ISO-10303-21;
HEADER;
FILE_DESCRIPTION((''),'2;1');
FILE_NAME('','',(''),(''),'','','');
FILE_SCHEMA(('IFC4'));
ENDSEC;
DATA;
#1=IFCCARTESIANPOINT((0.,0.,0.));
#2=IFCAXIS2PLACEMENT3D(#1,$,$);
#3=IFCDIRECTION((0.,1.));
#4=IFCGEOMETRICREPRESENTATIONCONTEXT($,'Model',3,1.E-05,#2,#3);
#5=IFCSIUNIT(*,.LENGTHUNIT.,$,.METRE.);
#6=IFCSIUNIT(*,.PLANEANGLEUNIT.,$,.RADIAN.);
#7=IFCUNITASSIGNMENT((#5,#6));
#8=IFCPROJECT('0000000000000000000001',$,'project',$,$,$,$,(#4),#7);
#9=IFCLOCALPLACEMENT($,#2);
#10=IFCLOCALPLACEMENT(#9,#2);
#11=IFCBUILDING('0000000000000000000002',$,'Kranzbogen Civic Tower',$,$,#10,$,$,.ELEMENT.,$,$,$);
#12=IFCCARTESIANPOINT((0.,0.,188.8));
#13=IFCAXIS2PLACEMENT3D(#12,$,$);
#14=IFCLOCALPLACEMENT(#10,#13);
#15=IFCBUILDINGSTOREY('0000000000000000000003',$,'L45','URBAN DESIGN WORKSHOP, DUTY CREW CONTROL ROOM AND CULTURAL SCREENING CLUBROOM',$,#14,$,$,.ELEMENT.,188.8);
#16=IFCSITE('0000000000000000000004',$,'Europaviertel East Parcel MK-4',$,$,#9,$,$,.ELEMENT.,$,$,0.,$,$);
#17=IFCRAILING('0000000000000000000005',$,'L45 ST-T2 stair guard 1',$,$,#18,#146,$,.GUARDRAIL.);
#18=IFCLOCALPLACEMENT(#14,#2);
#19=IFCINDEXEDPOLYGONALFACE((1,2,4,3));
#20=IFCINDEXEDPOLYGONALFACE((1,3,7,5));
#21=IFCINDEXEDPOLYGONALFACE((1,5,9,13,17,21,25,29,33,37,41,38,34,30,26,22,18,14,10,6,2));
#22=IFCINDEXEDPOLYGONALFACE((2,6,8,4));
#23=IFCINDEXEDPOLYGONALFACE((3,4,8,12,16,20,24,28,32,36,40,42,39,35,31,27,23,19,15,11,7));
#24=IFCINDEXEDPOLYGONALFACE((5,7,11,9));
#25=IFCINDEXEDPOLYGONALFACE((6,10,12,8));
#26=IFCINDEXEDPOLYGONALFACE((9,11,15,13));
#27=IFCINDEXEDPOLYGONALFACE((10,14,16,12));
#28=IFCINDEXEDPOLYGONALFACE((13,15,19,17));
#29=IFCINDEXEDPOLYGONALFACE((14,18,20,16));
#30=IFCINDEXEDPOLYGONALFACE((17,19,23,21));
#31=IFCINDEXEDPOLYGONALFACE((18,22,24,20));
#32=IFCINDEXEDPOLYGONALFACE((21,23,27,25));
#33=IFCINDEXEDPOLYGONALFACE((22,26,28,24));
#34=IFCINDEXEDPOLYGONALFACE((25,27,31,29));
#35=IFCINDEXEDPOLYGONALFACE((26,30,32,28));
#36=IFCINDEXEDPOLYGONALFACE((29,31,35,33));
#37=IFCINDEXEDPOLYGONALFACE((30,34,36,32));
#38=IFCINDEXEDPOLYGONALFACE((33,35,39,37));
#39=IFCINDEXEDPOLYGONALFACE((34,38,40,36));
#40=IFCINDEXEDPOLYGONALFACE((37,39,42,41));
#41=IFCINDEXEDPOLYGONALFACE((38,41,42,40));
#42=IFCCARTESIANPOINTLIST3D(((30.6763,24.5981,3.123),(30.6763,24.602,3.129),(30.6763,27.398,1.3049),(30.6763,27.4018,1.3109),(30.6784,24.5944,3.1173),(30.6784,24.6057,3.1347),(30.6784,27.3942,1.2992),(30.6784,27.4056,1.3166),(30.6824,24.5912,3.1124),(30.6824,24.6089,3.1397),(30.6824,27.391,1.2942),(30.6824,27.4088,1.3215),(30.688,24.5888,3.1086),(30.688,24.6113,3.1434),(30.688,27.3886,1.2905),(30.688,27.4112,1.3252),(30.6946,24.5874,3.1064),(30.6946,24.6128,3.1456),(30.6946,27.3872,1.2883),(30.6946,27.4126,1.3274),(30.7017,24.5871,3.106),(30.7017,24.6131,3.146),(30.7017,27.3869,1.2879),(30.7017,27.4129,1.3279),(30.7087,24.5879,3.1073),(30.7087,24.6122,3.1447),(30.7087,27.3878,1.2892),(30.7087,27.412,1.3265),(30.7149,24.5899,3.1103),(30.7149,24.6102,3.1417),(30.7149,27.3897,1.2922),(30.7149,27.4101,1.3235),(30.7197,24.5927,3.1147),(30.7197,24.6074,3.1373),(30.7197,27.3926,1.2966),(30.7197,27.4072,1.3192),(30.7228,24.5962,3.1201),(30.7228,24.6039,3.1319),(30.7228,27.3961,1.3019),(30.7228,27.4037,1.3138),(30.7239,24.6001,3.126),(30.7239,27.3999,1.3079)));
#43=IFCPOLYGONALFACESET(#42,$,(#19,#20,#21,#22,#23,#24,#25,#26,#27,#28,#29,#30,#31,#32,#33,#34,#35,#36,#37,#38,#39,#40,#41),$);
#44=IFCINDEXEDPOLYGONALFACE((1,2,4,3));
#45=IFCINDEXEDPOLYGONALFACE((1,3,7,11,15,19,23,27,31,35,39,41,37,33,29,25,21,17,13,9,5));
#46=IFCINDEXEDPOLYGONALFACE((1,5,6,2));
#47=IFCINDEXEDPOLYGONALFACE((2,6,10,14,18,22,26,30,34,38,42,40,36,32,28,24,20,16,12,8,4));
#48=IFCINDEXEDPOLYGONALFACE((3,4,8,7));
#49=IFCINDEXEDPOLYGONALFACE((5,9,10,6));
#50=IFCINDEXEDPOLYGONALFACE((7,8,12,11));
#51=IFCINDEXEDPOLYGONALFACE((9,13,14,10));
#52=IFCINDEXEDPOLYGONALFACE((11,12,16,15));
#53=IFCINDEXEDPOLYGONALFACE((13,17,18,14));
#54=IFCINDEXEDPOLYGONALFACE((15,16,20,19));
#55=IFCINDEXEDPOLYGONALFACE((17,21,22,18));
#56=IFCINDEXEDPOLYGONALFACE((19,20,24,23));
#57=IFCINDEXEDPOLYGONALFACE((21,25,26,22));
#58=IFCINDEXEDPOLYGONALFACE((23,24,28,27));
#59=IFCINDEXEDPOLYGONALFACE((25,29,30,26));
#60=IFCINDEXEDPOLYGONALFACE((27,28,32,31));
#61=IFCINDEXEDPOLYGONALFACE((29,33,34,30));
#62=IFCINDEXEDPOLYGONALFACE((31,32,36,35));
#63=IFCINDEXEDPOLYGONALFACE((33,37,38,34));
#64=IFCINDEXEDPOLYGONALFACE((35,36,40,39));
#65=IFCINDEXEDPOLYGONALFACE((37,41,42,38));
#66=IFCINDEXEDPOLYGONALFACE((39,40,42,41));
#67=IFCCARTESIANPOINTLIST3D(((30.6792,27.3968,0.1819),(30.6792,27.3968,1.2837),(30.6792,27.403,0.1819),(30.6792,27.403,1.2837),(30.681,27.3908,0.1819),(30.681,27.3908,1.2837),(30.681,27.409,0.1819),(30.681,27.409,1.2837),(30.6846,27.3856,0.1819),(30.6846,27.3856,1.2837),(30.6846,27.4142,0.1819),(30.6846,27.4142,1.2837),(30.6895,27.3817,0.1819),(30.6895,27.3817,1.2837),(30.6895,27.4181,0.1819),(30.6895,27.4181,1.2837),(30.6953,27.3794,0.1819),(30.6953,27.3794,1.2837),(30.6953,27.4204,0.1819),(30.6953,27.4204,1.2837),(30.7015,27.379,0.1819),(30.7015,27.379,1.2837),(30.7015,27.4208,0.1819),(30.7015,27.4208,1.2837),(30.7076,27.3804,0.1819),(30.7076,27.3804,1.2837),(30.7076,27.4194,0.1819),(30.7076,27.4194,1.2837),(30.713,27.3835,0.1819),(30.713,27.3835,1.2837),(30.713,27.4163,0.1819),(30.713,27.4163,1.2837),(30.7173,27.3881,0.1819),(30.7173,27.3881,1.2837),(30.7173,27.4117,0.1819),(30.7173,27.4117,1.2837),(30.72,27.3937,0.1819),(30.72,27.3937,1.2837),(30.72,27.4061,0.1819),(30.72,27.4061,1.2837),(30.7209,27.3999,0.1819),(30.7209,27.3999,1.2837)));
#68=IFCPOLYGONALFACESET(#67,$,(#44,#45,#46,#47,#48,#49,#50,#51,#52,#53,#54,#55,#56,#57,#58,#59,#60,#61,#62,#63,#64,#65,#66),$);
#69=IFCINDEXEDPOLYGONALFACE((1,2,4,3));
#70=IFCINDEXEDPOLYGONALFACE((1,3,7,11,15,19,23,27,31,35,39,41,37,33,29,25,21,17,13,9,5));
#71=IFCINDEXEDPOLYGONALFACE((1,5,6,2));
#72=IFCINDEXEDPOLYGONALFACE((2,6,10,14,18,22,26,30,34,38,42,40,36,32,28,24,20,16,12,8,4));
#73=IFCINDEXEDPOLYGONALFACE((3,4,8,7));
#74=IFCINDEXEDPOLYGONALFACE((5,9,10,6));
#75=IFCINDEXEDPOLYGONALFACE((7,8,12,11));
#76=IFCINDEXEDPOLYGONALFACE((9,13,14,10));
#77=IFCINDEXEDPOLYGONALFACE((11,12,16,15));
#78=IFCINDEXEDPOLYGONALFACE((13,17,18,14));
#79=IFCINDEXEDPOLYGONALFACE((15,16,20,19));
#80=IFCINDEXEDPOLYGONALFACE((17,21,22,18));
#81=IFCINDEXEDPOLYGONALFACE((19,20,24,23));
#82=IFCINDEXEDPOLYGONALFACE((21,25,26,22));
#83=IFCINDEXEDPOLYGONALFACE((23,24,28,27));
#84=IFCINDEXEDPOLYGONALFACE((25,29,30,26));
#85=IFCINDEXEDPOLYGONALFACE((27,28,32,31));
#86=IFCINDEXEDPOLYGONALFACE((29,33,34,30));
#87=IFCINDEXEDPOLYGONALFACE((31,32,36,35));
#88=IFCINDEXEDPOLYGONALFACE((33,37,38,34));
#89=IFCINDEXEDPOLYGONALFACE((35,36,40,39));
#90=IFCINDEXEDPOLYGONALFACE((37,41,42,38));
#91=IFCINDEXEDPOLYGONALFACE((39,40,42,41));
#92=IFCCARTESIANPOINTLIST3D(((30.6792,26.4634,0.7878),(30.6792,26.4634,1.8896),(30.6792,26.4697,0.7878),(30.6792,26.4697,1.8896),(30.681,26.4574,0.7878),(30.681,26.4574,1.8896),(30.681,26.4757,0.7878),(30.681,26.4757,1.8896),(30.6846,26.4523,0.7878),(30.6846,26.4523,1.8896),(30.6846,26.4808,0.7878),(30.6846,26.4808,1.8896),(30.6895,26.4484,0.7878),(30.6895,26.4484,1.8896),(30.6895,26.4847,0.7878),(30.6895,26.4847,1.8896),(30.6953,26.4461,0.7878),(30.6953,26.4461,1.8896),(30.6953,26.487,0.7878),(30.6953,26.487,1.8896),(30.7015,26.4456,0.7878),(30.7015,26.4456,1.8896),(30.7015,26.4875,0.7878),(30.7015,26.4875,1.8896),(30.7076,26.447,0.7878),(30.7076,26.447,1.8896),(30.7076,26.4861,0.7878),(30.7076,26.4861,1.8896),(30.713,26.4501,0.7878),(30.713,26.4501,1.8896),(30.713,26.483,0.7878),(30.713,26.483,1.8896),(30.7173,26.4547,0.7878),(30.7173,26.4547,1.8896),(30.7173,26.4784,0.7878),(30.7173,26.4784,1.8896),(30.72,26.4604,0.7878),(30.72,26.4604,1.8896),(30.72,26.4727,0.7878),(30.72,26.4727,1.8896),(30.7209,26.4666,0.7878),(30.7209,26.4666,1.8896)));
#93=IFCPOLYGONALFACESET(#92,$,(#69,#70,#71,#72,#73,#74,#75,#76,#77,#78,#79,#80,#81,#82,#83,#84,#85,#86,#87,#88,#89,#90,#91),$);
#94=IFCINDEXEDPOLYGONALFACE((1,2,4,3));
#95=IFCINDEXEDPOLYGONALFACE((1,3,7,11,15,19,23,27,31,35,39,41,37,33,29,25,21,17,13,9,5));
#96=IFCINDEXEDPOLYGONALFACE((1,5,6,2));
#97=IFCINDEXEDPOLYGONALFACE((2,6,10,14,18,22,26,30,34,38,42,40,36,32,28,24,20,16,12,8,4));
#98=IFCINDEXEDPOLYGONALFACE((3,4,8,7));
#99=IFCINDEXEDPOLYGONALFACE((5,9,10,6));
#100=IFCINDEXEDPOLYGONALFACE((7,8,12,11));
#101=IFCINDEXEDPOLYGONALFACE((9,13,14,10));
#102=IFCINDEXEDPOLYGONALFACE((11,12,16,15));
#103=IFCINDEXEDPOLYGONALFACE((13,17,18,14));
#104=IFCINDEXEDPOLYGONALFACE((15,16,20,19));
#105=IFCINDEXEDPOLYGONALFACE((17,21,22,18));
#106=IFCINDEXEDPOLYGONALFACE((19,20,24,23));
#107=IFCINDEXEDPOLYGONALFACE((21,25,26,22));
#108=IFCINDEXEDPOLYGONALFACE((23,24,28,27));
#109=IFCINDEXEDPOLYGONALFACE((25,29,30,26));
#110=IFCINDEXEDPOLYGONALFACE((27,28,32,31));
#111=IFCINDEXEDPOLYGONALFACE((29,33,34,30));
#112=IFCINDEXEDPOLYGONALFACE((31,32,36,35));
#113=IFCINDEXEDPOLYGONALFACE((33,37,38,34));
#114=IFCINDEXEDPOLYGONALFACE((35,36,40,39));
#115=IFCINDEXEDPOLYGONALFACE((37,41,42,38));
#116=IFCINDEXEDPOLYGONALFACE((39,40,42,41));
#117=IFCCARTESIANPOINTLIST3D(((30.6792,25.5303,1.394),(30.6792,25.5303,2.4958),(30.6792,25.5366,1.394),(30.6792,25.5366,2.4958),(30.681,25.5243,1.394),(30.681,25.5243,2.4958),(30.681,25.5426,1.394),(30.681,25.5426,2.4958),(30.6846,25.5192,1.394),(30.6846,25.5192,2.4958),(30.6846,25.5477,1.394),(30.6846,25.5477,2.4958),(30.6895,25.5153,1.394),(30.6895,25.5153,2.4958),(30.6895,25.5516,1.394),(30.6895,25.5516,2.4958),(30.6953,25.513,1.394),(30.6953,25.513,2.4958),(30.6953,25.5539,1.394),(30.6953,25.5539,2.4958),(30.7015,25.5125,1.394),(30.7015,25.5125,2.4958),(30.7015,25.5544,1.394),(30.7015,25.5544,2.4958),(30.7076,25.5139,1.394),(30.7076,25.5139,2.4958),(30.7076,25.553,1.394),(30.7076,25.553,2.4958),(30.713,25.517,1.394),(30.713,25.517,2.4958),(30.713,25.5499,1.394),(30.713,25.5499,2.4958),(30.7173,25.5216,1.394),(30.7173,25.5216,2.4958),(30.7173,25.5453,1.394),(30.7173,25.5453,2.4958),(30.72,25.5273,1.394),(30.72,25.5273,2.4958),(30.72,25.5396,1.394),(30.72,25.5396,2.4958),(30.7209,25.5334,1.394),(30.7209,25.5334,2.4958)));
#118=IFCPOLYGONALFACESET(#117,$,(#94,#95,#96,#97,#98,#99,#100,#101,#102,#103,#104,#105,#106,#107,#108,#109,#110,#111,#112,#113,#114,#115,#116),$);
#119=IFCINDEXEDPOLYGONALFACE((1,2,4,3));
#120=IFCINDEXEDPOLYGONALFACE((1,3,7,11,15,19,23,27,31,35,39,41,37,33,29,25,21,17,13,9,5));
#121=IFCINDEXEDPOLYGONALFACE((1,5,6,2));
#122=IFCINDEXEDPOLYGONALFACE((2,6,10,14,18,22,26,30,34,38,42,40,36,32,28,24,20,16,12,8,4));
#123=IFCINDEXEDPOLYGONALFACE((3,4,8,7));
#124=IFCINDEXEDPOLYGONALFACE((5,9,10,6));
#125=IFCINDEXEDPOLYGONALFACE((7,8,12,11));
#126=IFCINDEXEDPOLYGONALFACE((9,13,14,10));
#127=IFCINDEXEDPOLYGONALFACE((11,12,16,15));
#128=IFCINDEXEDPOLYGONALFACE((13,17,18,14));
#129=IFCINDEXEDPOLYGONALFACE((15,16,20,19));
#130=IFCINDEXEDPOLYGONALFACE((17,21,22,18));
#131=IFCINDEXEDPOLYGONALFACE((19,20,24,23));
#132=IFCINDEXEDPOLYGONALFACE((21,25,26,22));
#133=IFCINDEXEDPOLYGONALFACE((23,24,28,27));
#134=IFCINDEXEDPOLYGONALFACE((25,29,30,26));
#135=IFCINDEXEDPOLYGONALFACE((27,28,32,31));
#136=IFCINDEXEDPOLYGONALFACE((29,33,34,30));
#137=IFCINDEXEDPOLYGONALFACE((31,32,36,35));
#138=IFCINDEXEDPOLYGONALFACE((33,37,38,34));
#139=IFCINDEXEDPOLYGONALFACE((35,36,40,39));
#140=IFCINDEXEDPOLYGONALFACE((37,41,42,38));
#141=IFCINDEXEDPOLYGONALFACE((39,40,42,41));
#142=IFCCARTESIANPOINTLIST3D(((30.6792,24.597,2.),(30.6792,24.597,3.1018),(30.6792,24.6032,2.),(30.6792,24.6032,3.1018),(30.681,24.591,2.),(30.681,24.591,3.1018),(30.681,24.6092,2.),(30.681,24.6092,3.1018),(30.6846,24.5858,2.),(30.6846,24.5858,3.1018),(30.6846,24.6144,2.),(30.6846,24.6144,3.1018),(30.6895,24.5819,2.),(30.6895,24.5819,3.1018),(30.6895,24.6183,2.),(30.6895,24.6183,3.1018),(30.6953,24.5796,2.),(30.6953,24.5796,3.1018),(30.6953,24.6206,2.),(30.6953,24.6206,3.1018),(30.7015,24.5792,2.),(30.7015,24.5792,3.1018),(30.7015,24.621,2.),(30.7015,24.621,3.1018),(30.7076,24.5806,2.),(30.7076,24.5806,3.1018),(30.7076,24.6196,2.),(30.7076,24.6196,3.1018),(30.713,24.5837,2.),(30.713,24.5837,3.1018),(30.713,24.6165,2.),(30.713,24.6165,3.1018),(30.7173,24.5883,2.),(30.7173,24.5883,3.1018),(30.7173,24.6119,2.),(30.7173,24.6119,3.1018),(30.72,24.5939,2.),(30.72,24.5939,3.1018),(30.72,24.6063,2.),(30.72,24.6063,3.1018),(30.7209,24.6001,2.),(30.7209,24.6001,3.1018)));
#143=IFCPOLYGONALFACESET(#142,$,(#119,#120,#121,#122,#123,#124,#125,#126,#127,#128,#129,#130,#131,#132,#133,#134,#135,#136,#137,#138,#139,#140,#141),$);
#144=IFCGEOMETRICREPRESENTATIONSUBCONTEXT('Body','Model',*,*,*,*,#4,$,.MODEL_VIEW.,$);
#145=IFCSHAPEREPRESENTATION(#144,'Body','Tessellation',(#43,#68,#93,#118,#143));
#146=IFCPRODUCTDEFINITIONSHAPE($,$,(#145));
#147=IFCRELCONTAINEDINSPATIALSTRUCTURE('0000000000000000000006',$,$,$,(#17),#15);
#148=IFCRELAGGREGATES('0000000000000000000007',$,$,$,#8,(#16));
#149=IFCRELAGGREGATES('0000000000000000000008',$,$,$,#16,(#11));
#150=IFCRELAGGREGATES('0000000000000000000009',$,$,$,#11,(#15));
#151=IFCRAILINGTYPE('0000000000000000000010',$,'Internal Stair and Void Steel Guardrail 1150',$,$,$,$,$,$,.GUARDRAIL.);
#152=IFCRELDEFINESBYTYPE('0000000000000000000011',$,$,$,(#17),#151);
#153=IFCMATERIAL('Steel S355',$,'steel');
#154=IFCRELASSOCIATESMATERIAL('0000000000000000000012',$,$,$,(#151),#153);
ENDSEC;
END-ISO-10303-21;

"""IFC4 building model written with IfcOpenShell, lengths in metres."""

from ifc_helpers import new_model, si_unit, direction, frame, origin, origin_2d, place, context, subcontext, project, spatial, circle, extrude, material, type_object, element, save


model = new_model("IFC4")

# Units and contexts
model_context = context("Model", 3, precision=1e-05, world=origin(), true_north=direction((0.0, 1.0)))
body_context = subcontext(model_context, "Body", "Model", "MODEL_VIEW")
ifc_project = project(units=[si_unit("LENGTHUNIT", "METRE"), si_unit("PLANEANGLEUNIT", "RADIAN")], contexts=[model_context])

# Site, building, storey
site_placement = place(None, origin())
site = spatial("IfcSite", under=ifc_project, at=site_placement, Name="Europaviertel East Parcel MK-4", CompositionType="ELEMENT", RefElevation=0.0)
building_placement = place(site_placement, origin())
building = spatial("IfcBuilding", under=site, at=building_placement, Name="Kranzbogen Civic Tower", CompositionType="ELEMENT")
storey_placement = place(building_placement, frame((0.0, 0.0, 188.8)))
storey = spatial("IfcBuildingStorey", under=building, at=storey_placement, Name="L45", Description="URBAN DESIGN WORKSHOP, DUTY CREW CONTROL ROOM AND CULTURAL SCREENING CLUBROOM", CompositionType="ELEMENT", Elevation=188.8)

# Shared definitions
ifc_material_1 = material(Name="Steel S355", Category="steel")

# Railing
railing_type_1 = type_object("IfcRailingType", Name="Internal Stair and Void Steel Guardrail 1150", PredefinedType="GUARDRAIL", material=ifc_material_1)
railing_1_placement = place(storey_placement, frame((30.7, 27.3999, 0.1819)))
element("IfcRailing", 1, at=railing_1_placement, inside=storey, type_object=railing_type_1, Name="L45 ST-T2 stair guard 1", PredefinedType="GUARDRAIL", context=body_context, shape_type="SweptSolid", body=[
    extrude(circle(Radius=0.0239, at=origin_2d()), frame((0.0, 0.0, 1.126), z_axis=(0.0, -0.838684, 0.544618), x_axis=(1.0, 0.0, 0.0)), (0.0, 0.0, 1.0), 3.3384),
    extrude(circle(Radius=0.021, at=origin_2d()), origin(), (0.0, 0.0, 1.0), 1.1018),
    extrude(circle(Radius=0.021, at=origin_2d()), frame((0.0, -0.9333, 0.606)), (0.0, 0.0, 1.0), 1.1018),
    extrude(circle(Radius=0.021, at=origin_2d()), frame((0.0, -1.8665, 1.2122)), (0.0, 0.0, 1.0), 1.1018),
    extrude(circle(Radius=0.021, at=origin_2d()), frame((0.0, -2.7998, 1.8181)), (0.0, 0.0, 1.0), 1.1018),
])

save(model, "model.ifc")
